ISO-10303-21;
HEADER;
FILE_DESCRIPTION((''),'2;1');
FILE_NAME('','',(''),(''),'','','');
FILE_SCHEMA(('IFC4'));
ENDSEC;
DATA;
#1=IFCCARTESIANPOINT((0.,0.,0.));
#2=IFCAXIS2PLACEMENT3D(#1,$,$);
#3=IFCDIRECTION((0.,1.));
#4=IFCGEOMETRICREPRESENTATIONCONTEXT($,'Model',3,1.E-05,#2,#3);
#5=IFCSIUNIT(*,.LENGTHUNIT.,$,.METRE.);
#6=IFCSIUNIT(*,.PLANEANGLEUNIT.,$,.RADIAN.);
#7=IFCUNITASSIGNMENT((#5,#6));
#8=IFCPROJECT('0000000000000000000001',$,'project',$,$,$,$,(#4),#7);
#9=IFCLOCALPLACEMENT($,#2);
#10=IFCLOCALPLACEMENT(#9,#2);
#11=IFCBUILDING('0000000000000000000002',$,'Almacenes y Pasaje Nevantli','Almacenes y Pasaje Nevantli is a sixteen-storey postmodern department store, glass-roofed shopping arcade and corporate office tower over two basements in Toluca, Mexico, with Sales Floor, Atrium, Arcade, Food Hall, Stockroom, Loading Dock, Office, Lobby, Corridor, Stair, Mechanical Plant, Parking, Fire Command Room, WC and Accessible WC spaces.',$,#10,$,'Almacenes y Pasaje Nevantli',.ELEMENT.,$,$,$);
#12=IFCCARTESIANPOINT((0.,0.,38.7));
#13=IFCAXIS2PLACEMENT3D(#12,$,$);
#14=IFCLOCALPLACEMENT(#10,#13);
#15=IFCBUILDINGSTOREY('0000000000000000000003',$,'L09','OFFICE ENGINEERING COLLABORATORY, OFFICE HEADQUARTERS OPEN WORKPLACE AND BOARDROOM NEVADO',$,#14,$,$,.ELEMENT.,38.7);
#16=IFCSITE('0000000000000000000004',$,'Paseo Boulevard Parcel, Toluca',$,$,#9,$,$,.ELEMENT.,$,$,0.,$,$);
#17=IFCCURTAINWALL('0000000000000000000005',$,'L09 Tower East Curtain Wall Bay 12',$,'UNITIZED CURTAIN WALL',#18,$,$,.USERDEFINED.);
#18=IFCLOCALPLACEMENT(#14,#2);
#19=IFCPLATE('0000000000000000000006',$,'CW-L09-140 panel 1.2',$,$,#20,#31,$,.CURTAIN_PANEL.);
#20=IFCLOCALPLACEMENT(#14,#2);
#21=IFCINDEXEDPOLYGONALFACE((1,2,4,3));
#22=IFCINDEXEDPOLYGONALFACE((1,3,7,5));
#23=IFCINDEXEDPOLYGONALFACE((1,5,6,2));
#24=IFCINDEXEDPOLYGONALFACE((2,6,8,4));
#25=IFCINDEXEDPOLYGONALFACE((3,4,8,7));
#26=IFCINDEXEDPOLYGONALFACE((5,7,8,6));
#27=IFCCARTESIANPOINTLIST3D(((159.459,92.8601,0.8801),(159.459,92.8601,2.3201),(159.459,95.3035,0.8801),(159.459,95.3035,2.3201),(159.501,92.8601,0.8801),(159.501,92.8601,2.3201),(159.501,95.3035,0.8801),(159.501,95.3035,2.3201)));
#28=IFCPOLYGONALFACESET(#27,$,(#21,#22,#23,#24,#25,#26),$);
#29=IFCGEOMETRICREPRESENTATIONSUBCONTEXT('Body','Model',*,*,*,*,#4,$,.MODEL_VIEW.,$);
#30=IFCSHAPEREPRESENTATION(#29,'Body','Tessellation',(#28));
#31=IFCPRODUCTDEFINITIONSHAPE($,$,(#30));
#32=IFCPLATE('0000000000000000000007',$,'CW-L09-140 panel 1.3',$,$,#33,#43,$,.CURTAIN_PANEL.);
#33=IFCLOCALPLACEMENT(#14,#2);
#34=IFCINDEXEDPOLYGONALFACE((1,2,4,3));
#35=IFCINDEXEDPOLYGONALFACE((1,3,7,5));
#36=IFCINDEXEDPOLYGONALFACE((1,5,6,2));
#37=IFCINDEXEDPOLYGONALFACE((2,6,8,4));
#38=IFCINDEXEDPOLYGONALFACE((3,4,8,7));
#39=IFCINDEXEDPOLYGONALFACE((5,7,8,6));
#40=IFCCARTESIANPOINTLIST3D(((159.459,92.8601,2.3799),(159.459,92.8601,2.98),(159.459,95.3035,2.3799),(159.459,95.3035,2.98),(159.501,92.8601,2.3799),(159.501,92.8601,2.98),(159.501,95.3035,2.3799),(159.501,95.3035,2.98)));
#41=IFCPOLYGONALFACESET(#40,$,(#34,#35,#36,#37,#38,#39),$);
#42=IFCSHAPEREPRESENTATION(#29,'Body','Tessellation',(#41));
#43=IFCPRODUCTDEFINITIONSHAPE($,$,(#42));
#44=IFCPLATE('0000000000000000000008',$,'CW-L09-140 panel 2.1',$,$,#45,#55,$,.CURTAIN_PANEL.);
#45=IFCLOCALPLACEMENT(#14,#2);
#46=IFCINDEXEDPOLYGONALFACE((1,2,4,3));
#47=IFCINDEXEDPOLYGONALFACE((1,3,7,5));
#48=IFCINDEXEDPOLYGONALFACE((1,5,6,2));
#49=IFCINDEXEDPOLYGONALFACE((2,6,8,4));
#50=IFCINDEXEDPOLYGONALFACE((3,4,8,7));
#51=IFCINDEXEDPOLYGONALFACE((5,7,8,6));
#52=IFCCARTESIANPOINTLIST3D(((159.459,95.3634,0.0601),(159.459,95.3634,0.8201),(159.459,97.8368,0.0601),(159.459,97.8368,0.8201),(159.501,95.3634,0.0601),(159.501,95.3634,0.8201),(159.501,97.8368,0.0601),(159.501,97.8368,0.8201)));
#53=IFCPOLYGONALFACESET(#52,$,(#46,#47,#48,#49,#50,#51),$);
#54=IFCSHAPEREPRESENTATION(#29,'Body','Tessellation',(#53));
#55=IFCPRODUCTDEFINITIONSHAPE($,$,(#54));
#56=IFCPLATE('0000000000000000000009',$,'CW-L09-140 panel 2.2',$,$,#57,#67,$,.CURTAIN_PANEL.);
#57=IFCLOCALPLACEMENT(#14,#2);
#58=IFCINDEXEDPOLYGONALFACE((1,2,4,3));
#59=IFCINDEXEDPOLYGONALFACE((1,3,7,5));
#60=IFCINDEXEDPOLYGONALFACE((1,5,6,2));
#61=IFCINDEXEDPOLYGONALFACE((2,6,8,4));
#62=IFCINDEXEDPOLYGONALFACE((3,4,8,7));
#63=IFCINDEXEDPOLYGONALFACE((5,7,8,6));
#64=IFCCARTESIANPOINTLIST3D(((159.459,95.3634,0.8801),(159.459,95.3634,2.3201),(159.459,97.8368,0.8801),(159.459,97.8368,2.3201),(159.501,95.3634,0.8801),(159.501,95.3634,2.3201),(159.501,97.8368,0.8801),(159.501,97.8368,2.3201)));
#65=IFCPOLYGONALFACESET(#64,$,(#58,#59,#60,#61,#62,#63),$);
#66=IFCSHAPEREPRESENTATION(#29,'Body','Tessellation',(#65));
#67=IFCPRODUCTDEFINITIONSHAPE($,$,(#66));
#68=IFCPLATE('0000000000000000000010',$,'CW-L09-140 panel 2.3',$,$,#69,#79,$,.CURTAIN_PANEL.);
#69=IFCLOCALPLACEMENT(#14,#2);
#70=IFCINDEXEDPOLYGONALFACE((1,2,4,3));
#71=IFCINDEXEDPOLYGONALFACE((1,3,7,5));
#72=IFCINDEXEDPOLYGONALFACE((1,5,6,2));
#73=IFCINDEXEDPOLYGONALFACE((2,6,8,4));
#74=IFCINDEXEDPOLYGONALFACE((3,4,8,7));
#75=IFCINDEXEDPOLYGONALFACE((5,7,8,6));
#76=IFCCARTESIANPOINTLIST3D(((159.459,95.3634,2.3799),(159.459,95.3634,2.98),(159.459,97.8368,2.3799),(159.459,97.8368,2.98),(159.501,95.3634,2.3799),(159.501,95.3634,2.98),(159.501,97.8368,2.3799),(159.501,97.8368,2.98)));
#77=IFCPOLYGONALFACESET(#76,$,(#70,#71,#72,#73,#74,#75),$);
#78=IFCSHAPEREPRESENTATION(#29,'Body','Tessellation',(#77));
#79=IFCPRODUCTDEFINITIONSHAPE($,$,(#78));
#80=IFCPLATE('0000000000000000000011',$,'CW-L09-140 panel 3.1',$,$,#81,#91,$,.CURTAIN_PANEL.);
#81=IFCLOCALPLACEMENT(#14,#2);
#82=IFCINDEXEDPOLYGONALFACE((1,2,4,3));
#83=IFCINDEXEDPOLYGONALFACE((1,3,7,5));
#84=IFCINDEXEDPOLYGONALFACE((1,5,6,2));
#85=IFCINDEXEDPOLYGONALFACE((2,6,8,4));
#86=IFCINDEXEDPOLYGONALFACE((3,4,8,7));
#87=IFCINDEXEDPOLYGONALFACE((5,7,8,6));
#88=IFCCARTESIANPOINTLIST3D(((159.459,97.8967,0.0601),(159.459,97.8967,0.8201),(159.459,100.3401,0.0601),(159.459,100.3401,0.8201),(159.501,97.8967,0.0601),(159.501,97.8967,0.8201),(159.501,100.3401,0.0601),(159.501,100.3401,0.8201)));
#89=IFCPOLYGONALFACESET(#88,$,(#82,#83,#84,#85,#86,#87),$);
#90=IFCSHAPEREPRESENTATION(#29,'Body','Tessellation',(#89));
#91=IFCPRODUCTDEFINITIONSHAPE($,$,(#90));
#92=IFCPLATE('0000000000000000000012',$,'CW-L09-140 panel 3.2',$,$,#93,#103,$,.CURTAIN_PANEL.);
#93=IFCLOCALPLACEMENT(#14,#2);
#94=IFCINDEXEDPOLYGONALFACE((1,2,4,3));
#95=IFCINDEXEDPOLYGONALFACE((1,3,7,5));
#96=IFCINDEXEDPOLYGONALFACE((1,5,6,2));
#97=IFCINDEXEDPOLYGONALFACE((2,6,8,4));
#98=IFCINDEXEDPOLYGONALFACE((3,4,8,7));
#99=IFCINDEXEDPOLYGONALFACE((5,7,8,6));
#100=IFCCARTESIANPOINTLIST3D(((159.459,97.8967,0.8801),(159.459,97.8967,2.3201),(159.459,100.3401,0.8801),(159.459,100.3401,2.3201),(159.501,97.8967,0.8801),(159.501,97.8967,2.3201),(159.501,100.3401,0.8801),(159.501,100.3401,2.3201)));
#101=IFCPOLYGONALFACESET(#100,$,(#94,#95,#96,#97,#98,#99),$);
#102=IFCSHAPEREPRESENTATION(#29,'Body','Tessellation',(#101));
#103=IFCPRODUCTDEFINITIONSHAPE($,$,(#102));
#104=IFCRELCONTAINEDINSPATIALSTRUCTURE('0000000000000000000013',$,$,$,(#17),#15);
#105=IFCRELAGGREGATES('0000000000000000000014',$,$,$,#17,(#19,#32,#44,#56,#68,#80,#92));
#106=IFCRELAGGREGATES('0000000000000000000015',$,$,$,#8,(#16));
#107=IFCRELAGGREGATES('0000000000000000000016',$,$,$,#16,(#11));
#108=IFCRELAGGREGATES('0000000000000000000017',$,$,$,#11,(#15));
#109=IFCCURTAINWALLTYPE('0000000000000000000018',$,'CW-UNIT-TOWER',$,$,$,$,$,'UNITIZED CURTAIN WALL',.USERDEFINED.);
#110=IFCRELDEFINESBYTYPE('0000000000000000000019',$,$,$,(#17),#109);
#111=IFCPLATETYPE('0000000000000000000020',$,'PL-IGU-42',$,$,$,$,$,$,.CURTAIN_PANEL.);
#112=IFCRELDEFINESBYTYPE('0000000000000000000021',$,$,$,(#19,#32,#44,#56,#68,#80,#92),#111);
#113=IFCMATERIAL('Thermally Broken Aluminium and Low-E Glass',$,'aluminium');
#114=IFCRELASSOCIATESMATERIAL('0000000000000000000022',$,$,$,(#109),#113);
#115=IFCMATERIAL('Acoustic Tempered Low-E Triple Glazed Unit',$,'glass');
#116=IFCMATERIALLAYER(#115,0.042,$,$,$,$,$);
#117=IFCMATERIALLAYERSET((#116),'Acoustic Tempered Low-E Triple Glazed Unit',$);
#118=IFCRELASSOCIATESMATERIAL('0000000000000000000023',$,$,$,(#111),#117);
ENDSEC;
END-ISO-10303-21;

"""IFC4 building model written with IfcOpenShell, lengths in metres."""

from ifc_helpers import new_model, si_unit, direction, frame, origin, origin_2d, place, context, subcontext, project, spatial, rectangle, extrude, material, layer, layer_set, type_object, element, aggregate, save


model = new_model("IFC4")

# Units and contexts
model_context = context("Model", 3, precision=1e-05, world=origin(), true_north=direction((0.0, 1.0)))
body_context = subcontext(model_context, "Body", "Model", "MODEL_VIEW")
ifc_project = project(units=[si_unit("LENGTHUNIT", "METRE"), si_unit("PLANEANGLEUNIT", "RADIAN")], contexts=[model_context])

# Site, building, storey
site_placement = place(None, origin())
site = spatial("IfcSite", under=ifc_project, at=site_placement, Name="Paseo Boulevard Parcel, Toluca", CompositionType="ELEMENT", RefElevation=0.0)
building_placement = place(site_placement, origin())
building = spatial("IfcBuilding", under=site, at=building_placement, Name="Almacenes y Pasaje Nevantli", Description="Almacenes y Pasaje Nevantli is a sixteen-storey postmodern department store, glass-roofed shopping arcade and corporate office tower over two basements in Toluca, Mexico, with Sales Floor, Atrium, Arcade, Food Hall, Stockroom, Loading Dock, Office, Lobby, Corridor, Stair, Mechanical Plant, Parking, Fire Command Room, WC and Accessible WC spaces.", LongName="Almacenes y Pasaje Nevantli", CompositionType="ELEMENT")
storey_placement = place(building_placement, frame((0.0, 0.0, 38.7)))
storey = spatial("IfcBuildingStorey", under=building, at=storey_placement, Name="L09", Description="OFFICE ENGINEERING COLLABORATORY, OFFICE HEADQUARTERS OPEN WORKPLACE AND BOARDROOM NEVADO", CompositionType="ELEMENT", Elevation=38.7)

# Curtain wall, plates
ifc_material_1 = material(Name="Thermally Broken Aluminium and Low-E Glass", Category="aluminium")
curtain_wall_type = type_object("IfcCurtainWallType", Name="CW-UNIT-TOWER", ElementType="UNITIZED CURTAIN WALL", PredefinedType="USERDEFINED", material=ifc_material_1)
curtain_wall_placement = place(storey_placement, origin())
curtain_wall = element("IfcCurtainWall", 1, at=curtain_wall_placement, inside=storey, type_object=curtain_wall_type, Name="L09 Tower East Curtain Wall Bay 12", ObjectType="UNITIZED CURTAIN WALL", PredefinedType="USERDEFINED")
ifc_material_2 = material(Name="Acoustic Tempered Low-E Triple Glazed Unit", Category="glass")
ifc_layer = layer(ifc_material_2, 0.042)
ifc_layer_set = layer_set([ifc_layer], Name="Acoustic Tempered Low-E Triple Glazed Unit")
plate_type = type_object("IfcPlateType", Name="PL-IGU-42", PredefinedType="CURTAIN_PANEL", material=ifc_layer_set)
plate_1_placement = place(storey_placement, frame((159.48, 94.0818, 0.8801), z_axis=(0.0, 0.0, 1.0), x_axis=(0.0, 1.0, 0.0)))
plate_1 = element("IfcPlate", 2, at=plate_1_placement, type_object=plate_type, Name="CW-L09-140 panel 1.2", PredefinedType="CURTAIN_PANEL", context=body_context, shape_type="SweptSolid", body=[
    extrude(rectangle(XDim=2.4434, YDim=0.042, at=origin_2d()), origin(), (0.0, 0.0, 1.0), 1.4399),
])
plate_2_placement = place(storey_placement, frame((159.48, 94.0818, 2.3799), z_axis=(0.0, 0.0, 1.0), x_axis=(0.0, 1.0, 0.0)))
plate_2 = element("IfcPlate", 3, at=plate_2_placement, type_object=plate_type, Name="CW-L09-140 panel 1.3", PredefinedType="CURTAIN_PANEL", context=body_context, shape_type="SweptSolid", body=[
    extrude(rectangle(XDim=2.4434, YDim=0.042, at=origin_2d()), origin(), (0.0, 0.0, 1.0), 0.6001),
])
plate_3_placement = place(storey_placement, frame((159.48, 96.6001, 0.0601), z_axis=(0.0, 0.0, 1.0), x_axis=(0.0, 1.0, 0.0)))
plate_3 = element("IfcPlate", 4, at=plate_3_placement, type_object=plate_type, Name="CW-L09-140 panel 2.1", PredefinedType="CURTAIN_PANEL", context=body_context, shape_type="SweptSolid", body=[
    extrude(rectangle(XDim=2.4734, YDim=0.042, at=origin_2d()), origin(), (0.0, 0.0, 1.0), 0.76),
])
plate_4_placement = place(storey_placement, frame((159.48, 96.6001, 0.8801), z_axis=(0.0, 0.0, 1.0), x_axis=(0.0, 1.0, 0.0)))
plate_4 = element("IfcPlate", 5, at=plate_4_placement, type_object=plate_type, Name="CW-L09-140 panel 2.2", PredefinedType="CURTAIN_PANEL", context=body_context, shape_type="SweptSolid", body=[
    extrude(rectangle(XDim=2.4734, YDim=0.042, at=origin_2d()), origin(), (0.0, 0.0, 1.0), 1.4399),
])
plate_5_placement = place(storey_placement, frame((159.48, 96.6001, 2.3799), z_axis=(0.0, 0.0, 1.0), x_axis=(0.0, 1.0, 0.0)))
plate_5 = element("IfcPlate", 6, at=plate_5_placement, type_object=plate_type, Name="CW-L09-140 panel 2.3", PredefinedType="CURTAIN_PANEL", context=body_context, shape_type="SweptSolid", body=[
    extrude(rectangle(XDim=2.4734, YDim=0.042, at=origin_2d()), origin(), (0.0, 0.0, 1.0), 0.6001),
])
plate_6_placement = place(storey_placement, frame((159.48, 99.1184, 0.0601), z_axis=(0.0, 0.0, 1.0), x_axis=(0.0, 1.0, 0.0)))
plate_6 = element("IfcPlate", 7, at=plate_6_placement, type_object=plate_type, Name="CW-L09-140 panel 3.1", PredefinedType="CURTAIN_PANEL", context=body_context, shape_type="SweptSolid", body=[
    extrude(rectangle(XDim=2.4434, YDim=0.042, at=origin_2d()), origin(), (0.0, 0.0, 1.0), 0.76),
])
plate_7_placement = place(storey_placement, frame((159.48, 99.1184, 0.8801), z_axis=(0.0, 0.0, 1.0), x_axis=(0.0, 1.0, 0.0)))
plate_7 = element("IfcPlate", 8, at=plate_7_placement, type_object=plate_type, Name="CW-L09-140 panel 3.2", PredefinedType="CURTAIN_PANEL", context=body_context, shape_type="SweptSolid", body=[
    extrude(rectangle(XDim=2.4434, YDim=0.042, at=origin_2d()), origin(), (0.0, 0.0, 1.0), 1.4399),
])
aggregate(curtain_wall, [plate_1, plate_2, plate_3, plate_4, plate_5, plate_6, plate_7])

save(model, "model.ifc")
